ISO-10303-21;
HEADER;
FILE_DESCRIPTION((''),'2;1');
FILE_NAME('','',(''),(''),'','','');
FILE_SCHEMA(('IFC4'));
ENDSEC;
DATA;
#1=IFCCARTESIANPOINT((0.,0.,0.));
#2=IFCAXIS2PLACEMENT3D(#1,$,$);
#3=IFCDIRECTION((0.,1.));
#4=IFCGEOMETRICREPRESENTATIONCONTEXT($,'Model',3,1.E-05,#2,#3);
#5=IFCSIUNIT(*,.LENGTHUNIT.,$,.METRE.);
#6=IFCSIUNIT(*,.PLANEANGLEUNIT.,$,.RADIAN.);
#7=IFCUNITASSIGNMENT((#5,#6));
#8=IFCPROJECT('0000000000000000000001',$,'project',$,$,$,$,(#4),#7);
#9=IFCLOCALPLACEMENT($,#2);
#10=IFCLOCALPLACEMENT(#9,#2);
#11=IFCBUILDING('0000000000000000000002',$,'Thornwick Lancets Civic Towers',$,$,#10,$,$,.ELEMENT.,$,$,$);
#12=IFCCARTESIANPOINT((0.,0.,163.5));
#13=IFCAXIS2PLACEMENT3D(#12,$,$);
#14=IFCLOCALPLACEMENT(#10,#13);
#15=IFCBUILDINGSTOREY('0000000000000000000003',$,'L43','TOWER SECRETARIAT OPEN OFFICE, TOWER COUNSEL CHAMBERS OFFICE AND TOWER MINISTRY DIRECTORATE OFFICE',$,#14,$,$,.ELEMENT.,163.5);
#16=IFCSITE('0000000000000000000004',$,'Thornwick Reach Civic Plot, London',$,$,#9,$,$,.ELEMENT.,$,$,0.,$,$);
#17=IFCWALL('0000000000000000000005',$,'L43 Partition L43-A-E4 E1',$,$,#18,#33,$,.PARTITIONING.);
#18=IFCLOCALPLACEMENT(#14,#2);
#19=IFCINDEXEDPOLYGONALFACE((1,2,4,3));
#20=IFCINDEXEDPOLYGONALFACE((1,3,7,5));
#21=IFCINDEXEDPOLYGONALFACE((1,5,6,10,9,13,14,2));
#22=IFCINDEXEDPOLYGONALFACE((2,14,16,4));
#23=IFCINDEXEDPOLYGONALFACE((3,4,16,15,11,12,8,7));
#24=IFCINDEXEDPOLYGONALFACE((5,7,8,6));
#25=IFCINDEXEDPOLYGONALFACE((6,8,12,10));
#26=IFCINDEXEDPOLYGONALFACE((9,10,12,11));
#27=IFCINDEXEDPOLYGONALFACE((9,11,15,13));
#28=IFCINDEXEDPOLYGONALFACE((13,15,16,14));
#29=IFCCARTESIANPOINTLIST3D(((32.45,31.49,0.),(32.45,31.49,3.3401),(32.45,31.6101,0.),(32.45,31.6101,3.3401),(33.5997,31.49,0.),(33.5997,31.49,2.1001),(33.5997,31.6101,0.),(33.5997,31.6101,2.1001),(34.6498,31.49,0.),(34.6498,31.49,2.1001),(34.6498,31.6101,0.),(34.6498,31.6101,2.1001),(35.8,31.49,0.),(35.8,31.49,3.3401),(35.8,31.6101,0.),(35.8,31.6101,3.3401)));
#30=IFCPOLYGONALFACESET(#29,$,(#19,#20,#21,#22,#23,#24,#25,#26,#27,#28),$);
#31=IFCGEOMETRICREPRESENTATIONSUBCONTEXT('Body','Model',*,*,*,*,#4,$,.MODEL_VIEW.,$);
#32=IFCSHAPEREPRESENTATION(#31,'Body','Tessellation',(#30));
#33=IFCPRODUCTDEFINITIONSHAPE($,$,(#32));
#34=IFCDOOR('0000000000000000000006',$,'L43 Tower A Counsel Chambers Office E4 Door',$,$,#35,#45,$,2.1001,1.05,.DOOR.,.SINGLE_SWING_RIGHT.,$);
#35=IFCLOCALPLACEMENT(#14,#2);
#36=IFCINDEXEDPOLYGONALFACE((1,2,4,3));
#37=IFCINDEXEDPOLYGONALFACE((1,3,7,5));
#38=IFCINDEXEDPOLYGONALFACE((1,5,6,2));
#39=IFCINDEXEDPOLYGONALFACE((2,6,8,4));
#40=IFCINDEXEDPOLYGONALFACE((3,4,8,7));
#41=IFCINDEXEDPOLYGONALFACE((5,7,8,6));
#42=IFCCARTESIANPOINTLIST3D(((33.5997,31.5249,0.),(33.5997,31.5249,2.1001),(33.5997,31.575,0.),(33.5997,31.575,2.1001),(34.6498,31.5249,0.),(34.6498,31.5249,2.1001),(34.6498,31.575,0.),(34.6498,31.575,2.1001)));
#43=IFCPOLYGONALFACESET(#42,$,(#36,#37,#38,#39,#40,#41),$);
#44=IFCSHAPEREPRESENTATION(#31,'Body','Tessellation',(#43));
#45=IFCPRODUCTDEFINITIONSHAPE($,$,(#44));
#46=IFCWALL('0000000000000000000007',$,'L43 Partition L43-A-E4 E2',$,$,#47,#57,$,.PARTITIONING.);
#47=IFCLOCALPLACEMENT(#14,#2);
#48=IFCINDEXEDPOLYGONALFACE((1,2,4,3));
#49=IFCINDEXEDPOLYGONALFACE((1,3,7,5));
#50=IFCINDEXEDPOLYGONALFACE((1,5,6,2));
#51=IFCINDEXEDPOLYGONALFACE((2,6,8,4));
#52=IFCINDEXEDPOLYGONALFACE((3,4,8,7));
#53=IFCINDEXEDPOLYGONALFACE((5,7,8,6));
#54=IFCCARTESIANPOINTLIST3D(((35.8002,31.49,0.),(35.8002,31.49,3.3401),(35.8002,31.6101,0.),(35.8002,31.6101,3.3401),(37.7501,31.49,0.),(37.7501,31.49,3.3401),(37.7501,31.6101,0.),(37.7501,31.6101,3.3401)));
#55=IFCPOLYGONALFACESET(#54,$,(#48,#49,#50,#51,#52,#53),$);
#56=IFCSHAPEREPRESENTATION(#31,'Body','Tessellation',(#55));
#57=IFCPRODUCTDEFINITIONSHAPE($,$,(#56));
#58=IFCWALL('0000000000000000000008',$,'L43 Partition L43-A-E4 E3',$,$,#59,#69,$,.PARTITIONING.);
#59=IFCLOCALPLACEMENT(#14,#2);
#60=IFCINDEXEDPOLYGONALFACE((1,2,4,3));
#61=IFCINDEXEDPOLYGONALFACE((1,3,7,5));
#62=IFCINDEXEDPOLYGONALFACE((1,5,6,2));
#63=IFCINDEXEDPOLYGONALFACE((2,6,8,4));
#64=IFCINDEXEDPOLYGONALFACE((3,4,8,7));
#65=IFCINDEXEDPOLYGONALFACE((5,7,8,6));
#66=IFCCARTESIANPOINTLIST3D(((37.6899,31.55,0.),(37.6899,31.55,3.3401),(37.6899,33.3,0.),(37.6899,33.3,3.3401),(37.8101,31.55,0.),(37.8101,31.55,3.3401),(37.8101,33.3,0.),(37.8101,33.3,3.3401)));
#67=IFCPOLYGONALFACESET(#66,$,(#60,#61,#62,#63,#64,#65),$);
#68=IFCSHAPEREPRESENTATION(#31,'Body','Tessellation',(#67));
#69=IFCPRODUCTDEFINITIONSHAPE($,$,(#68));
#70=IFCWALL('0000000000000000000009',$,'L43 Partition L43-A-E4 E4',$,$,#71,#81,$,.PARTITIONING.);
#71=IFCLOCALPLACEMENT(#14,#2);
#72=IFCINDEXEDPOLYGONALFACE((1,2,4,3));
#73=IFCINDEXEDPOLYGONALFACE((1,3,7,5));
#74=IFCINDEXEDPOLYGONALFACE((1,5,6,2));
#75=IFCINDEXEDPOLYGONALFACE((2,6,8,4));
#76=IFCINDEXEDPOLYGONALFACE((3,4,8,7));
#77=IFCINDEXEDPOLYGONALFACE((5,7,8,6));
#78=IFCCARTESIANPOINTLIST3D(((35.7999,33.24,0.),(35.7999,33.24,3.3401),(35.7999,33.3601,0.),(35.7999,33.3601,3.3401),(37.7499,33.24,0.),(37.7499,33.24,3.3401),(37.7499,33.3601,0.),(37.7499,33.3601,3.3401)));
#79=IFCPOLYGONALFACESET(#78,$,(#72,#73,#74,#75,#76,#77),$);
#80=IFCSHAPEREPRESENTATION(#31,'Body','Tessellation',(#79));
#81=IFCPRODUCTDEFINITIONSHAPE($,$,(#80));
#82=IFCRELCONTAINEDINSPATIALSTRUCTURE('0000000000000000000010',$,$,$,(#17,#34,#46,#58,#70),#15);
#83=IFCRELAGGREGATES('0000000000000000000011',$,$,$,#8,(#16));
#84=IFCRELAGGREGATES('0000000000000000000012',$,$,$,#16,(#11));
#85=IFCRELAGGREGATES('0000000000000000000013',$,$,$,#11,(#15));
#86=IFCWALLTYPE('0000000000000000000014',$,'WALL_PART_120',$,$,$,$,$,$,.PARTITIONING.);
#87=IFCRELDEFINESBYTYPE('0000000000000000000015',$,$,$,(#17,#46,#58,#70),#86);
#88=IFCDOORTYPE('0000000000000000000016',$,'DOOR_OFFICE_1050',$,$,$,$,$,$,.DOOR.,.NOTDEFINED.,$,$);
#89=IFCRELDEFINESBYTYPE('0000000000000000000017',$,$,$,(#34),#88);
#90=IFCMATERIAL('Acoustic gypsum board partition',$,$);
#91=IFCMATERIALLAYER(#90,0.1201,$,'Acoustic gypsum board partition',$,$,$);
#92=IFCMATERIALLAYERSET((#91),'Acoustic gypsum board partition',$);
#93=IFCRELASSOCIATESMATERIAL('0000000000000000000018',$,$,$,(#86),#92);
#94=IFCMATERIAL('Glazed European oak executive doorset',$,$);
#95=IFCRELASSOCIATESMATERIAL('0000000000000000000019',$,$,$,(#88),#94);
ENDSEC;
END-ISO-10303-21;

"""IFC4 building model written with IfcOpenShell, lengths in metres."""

from ifc_helpers import new_model, si_unit, direction, frame, frame_2d, origin, place, context, subcontext, project, spatial, rectangle, extrude, material, layer, layer_set, type_object, element, fill, save


model = new_model("IFC4")

# Units and contexts
model_context = context("Model", 3, precision=1e-05, world=origin(), true_north=direction((0.0, 1.0)))
body_context = subcontext(model_context, "Body", "Model", "MODEL_VIEW")
ifc_project = project(units=[si_unit("LENGTHUNIT", "METRE"), si_unit("PLANEANGLEUNIT", "RADIAN")], contexts=[model_context])

# Site, building, storey
site_placement = place(None, origin())
site = spatial("IfcSite", under=ifc_project, at=site_placement, Name="Thornwick Reach Civic Plot, London", CompositionType="ELEMENT", RefElevation=0.0)
building_placement = place(site_placement, origin())
building = spatial("IfcBuilding", under=site, at=building_placement, Name="Thornwick Lancets Civic Towers", CompositionType="ELEMENT")
storey_placement = place(building_placement, frame((0.0, 0.0, 163.5)))
storey = spatial("IfcBuildingStorey", under=building, at=storey_placement, Name="L43", Description="TOWER SECRETARIAT OPEN OFFICE, TOWER COUNSEL CHAMBERS OFFICE AND TOWER MINISTRY DIRECTORATE OFFICE", CompositionType="ELEMENT", Elevation=163.5)

# Wall, opening, door
ifc_material_1 = material(Name="Acoustic gypsum board partition")
ifc_layer_1 = layer(ifc_material_1, 0.1201, Name="Acoustic gypsum board partition")
ifc_layer_set_1 = layer_set([ifc_layer_1], Name="Acoustic gypsum board partition")
wall_type_1 = type_object("IfcWallType", Name="WALL_PART_120", PredefinedType="PARTITIONING", material=ifc_layer_set_1)
wall_1_placement = place(storey_placement, frame((32.45, 31.55, 0.0), z_axis=(0.0, 0.0, 1.0), x_axis=(1.0, 0.0, 0.0)))
wall_1 = element("IfcWall", 1, at=wall_1_placement, inside=storey, type_object=wall_type_1, Name="L43 Partition L43-A-E4 E1", PredefinedType="PARTITIONING", context=body_context, shape_type="SweptSolid", body=[
    extrude(rectangle(XDim=3.3501, YDim=0.1201, at=frame_2d((1.675, 0.0))), origin(), (0.0, 0.0, 1.0), 3.3401),
])
opening_1_placement = place(wall_1_placement, frame((1.1499, 0.0, 0.0)))
opening_1 = element("IfcOpeningElement", 2, at=opening_1_placement, cuts=wall_1, PredefinedType="OPENING", context=body_context, shape_type="SweptSolid", body=[
    extrude(rectangle(XDim=1.05, YDim=2.1001, at=frame_2d((0.5249, 1.05))), frame((0.0, 0.0701, 0.0), z_axis=(0.0, -1.0, 0.0), x_axis=(1.0, 0.0, 0.0)), (0.0, 0.0, 1.0), 0.1401),
])
ifc_material_2 = material(Name="Glazed European oak executive doorset")
door_type_1 = type_object("IfcDoorType", Name="DOOR_OFFICE_1050", OperationType="NOTDEFINED", PredefinedType="DOOR", material=ifc_material_2)
door_1_placement = place(opening_1_placement, origin())
door_1 = element("IfcDoor", 3, at=door_1_placement, inside=storey, type_object=door_type_1, Name="L43 Tower A Counsel Chambers Office E4 Door", OperationType="SINGLE_SWING_RIGHT", OverallHeight=2.1001, OverallWidth=1.05, PredefinedType="DOOR", context=body_context, shape_type="SweptSolid", body=[
    extrude(rectangle(XDim=1.05, YDim=2.1001, at=frame_2d((0.5249, 1.05))), frame((0.0, 0.0249, 0.0), z_axis=(0.0, -1.0, 0.0), x_axis=(1.0, 0.0, 0.0)), (0.0, 0.0, 1.0), 0.05),
])
fill(opening_1, door_1)

# Walls
wall_2_placement = place(storey_placement, frame((35.8, 31.55, 0.0), z_axis=(0.0, 0.0, 1.0), x_axis=(1.0, 0.0, 0.0)))
element("IfcWall", 4, at=wall_2_placement, inside=storey, type_object=wall_type_1, Name="L43 Partition L43-A-E4 E2", PredefinedType="PARTITIONING", context=body_context, shape_type="SweptSolid", body=[
    extrude(rectangle(XDim=1.95, YDim=0.1201, at=frame_2d((0.9751, 0.0))), origin(), (0.0, 0.0, 1.0), 3.3401),
])
wall_3_placement = place(storey_placement, frame((37.75, 31.55, 0.0), z_axis=(0.0, 0.0, 1.0), x_axis=(0.0, 1.0, 0.0)))
element("IfcWall", 5, at=wall_3_placement, inside=storey, type_object=wall_type_1, Name="L43 Partition L43-A-E4 E3", PredefinedType="PARTITIONING", context=body_context, shape_type="SweptSolid", body=[
    extrude(rectangle(XDim=1.75, YDim=0.1201, at=frame_2d((0.875, 0.0))), origin(), (0.0, 0.0, 1.0), 3.3401),
])
wall_4_placement = place(storey_placement, frame((37.75, 33.3, 0.0), z_axis=(0.0, 0.0, 1.0), x_axis=(-1.0, 0.0, 0.0)))
element("IfcWall", 6, at=wall_4_placement, inside=storey, type_object=wall_type_1, Name="L43 Partition L43-A-E4 E4", PredefinedType="PARTITIONING", context=body_context, shape_type="SweptSolid", body=[
    extrude(rectangle(XDim=1.95, YDim=0.1201, at=frame_2d((0.9751, 0.0))), origin(), (0.0, 0.0, 1.0), 3.3401),
])

save(model, "model.ifc")
